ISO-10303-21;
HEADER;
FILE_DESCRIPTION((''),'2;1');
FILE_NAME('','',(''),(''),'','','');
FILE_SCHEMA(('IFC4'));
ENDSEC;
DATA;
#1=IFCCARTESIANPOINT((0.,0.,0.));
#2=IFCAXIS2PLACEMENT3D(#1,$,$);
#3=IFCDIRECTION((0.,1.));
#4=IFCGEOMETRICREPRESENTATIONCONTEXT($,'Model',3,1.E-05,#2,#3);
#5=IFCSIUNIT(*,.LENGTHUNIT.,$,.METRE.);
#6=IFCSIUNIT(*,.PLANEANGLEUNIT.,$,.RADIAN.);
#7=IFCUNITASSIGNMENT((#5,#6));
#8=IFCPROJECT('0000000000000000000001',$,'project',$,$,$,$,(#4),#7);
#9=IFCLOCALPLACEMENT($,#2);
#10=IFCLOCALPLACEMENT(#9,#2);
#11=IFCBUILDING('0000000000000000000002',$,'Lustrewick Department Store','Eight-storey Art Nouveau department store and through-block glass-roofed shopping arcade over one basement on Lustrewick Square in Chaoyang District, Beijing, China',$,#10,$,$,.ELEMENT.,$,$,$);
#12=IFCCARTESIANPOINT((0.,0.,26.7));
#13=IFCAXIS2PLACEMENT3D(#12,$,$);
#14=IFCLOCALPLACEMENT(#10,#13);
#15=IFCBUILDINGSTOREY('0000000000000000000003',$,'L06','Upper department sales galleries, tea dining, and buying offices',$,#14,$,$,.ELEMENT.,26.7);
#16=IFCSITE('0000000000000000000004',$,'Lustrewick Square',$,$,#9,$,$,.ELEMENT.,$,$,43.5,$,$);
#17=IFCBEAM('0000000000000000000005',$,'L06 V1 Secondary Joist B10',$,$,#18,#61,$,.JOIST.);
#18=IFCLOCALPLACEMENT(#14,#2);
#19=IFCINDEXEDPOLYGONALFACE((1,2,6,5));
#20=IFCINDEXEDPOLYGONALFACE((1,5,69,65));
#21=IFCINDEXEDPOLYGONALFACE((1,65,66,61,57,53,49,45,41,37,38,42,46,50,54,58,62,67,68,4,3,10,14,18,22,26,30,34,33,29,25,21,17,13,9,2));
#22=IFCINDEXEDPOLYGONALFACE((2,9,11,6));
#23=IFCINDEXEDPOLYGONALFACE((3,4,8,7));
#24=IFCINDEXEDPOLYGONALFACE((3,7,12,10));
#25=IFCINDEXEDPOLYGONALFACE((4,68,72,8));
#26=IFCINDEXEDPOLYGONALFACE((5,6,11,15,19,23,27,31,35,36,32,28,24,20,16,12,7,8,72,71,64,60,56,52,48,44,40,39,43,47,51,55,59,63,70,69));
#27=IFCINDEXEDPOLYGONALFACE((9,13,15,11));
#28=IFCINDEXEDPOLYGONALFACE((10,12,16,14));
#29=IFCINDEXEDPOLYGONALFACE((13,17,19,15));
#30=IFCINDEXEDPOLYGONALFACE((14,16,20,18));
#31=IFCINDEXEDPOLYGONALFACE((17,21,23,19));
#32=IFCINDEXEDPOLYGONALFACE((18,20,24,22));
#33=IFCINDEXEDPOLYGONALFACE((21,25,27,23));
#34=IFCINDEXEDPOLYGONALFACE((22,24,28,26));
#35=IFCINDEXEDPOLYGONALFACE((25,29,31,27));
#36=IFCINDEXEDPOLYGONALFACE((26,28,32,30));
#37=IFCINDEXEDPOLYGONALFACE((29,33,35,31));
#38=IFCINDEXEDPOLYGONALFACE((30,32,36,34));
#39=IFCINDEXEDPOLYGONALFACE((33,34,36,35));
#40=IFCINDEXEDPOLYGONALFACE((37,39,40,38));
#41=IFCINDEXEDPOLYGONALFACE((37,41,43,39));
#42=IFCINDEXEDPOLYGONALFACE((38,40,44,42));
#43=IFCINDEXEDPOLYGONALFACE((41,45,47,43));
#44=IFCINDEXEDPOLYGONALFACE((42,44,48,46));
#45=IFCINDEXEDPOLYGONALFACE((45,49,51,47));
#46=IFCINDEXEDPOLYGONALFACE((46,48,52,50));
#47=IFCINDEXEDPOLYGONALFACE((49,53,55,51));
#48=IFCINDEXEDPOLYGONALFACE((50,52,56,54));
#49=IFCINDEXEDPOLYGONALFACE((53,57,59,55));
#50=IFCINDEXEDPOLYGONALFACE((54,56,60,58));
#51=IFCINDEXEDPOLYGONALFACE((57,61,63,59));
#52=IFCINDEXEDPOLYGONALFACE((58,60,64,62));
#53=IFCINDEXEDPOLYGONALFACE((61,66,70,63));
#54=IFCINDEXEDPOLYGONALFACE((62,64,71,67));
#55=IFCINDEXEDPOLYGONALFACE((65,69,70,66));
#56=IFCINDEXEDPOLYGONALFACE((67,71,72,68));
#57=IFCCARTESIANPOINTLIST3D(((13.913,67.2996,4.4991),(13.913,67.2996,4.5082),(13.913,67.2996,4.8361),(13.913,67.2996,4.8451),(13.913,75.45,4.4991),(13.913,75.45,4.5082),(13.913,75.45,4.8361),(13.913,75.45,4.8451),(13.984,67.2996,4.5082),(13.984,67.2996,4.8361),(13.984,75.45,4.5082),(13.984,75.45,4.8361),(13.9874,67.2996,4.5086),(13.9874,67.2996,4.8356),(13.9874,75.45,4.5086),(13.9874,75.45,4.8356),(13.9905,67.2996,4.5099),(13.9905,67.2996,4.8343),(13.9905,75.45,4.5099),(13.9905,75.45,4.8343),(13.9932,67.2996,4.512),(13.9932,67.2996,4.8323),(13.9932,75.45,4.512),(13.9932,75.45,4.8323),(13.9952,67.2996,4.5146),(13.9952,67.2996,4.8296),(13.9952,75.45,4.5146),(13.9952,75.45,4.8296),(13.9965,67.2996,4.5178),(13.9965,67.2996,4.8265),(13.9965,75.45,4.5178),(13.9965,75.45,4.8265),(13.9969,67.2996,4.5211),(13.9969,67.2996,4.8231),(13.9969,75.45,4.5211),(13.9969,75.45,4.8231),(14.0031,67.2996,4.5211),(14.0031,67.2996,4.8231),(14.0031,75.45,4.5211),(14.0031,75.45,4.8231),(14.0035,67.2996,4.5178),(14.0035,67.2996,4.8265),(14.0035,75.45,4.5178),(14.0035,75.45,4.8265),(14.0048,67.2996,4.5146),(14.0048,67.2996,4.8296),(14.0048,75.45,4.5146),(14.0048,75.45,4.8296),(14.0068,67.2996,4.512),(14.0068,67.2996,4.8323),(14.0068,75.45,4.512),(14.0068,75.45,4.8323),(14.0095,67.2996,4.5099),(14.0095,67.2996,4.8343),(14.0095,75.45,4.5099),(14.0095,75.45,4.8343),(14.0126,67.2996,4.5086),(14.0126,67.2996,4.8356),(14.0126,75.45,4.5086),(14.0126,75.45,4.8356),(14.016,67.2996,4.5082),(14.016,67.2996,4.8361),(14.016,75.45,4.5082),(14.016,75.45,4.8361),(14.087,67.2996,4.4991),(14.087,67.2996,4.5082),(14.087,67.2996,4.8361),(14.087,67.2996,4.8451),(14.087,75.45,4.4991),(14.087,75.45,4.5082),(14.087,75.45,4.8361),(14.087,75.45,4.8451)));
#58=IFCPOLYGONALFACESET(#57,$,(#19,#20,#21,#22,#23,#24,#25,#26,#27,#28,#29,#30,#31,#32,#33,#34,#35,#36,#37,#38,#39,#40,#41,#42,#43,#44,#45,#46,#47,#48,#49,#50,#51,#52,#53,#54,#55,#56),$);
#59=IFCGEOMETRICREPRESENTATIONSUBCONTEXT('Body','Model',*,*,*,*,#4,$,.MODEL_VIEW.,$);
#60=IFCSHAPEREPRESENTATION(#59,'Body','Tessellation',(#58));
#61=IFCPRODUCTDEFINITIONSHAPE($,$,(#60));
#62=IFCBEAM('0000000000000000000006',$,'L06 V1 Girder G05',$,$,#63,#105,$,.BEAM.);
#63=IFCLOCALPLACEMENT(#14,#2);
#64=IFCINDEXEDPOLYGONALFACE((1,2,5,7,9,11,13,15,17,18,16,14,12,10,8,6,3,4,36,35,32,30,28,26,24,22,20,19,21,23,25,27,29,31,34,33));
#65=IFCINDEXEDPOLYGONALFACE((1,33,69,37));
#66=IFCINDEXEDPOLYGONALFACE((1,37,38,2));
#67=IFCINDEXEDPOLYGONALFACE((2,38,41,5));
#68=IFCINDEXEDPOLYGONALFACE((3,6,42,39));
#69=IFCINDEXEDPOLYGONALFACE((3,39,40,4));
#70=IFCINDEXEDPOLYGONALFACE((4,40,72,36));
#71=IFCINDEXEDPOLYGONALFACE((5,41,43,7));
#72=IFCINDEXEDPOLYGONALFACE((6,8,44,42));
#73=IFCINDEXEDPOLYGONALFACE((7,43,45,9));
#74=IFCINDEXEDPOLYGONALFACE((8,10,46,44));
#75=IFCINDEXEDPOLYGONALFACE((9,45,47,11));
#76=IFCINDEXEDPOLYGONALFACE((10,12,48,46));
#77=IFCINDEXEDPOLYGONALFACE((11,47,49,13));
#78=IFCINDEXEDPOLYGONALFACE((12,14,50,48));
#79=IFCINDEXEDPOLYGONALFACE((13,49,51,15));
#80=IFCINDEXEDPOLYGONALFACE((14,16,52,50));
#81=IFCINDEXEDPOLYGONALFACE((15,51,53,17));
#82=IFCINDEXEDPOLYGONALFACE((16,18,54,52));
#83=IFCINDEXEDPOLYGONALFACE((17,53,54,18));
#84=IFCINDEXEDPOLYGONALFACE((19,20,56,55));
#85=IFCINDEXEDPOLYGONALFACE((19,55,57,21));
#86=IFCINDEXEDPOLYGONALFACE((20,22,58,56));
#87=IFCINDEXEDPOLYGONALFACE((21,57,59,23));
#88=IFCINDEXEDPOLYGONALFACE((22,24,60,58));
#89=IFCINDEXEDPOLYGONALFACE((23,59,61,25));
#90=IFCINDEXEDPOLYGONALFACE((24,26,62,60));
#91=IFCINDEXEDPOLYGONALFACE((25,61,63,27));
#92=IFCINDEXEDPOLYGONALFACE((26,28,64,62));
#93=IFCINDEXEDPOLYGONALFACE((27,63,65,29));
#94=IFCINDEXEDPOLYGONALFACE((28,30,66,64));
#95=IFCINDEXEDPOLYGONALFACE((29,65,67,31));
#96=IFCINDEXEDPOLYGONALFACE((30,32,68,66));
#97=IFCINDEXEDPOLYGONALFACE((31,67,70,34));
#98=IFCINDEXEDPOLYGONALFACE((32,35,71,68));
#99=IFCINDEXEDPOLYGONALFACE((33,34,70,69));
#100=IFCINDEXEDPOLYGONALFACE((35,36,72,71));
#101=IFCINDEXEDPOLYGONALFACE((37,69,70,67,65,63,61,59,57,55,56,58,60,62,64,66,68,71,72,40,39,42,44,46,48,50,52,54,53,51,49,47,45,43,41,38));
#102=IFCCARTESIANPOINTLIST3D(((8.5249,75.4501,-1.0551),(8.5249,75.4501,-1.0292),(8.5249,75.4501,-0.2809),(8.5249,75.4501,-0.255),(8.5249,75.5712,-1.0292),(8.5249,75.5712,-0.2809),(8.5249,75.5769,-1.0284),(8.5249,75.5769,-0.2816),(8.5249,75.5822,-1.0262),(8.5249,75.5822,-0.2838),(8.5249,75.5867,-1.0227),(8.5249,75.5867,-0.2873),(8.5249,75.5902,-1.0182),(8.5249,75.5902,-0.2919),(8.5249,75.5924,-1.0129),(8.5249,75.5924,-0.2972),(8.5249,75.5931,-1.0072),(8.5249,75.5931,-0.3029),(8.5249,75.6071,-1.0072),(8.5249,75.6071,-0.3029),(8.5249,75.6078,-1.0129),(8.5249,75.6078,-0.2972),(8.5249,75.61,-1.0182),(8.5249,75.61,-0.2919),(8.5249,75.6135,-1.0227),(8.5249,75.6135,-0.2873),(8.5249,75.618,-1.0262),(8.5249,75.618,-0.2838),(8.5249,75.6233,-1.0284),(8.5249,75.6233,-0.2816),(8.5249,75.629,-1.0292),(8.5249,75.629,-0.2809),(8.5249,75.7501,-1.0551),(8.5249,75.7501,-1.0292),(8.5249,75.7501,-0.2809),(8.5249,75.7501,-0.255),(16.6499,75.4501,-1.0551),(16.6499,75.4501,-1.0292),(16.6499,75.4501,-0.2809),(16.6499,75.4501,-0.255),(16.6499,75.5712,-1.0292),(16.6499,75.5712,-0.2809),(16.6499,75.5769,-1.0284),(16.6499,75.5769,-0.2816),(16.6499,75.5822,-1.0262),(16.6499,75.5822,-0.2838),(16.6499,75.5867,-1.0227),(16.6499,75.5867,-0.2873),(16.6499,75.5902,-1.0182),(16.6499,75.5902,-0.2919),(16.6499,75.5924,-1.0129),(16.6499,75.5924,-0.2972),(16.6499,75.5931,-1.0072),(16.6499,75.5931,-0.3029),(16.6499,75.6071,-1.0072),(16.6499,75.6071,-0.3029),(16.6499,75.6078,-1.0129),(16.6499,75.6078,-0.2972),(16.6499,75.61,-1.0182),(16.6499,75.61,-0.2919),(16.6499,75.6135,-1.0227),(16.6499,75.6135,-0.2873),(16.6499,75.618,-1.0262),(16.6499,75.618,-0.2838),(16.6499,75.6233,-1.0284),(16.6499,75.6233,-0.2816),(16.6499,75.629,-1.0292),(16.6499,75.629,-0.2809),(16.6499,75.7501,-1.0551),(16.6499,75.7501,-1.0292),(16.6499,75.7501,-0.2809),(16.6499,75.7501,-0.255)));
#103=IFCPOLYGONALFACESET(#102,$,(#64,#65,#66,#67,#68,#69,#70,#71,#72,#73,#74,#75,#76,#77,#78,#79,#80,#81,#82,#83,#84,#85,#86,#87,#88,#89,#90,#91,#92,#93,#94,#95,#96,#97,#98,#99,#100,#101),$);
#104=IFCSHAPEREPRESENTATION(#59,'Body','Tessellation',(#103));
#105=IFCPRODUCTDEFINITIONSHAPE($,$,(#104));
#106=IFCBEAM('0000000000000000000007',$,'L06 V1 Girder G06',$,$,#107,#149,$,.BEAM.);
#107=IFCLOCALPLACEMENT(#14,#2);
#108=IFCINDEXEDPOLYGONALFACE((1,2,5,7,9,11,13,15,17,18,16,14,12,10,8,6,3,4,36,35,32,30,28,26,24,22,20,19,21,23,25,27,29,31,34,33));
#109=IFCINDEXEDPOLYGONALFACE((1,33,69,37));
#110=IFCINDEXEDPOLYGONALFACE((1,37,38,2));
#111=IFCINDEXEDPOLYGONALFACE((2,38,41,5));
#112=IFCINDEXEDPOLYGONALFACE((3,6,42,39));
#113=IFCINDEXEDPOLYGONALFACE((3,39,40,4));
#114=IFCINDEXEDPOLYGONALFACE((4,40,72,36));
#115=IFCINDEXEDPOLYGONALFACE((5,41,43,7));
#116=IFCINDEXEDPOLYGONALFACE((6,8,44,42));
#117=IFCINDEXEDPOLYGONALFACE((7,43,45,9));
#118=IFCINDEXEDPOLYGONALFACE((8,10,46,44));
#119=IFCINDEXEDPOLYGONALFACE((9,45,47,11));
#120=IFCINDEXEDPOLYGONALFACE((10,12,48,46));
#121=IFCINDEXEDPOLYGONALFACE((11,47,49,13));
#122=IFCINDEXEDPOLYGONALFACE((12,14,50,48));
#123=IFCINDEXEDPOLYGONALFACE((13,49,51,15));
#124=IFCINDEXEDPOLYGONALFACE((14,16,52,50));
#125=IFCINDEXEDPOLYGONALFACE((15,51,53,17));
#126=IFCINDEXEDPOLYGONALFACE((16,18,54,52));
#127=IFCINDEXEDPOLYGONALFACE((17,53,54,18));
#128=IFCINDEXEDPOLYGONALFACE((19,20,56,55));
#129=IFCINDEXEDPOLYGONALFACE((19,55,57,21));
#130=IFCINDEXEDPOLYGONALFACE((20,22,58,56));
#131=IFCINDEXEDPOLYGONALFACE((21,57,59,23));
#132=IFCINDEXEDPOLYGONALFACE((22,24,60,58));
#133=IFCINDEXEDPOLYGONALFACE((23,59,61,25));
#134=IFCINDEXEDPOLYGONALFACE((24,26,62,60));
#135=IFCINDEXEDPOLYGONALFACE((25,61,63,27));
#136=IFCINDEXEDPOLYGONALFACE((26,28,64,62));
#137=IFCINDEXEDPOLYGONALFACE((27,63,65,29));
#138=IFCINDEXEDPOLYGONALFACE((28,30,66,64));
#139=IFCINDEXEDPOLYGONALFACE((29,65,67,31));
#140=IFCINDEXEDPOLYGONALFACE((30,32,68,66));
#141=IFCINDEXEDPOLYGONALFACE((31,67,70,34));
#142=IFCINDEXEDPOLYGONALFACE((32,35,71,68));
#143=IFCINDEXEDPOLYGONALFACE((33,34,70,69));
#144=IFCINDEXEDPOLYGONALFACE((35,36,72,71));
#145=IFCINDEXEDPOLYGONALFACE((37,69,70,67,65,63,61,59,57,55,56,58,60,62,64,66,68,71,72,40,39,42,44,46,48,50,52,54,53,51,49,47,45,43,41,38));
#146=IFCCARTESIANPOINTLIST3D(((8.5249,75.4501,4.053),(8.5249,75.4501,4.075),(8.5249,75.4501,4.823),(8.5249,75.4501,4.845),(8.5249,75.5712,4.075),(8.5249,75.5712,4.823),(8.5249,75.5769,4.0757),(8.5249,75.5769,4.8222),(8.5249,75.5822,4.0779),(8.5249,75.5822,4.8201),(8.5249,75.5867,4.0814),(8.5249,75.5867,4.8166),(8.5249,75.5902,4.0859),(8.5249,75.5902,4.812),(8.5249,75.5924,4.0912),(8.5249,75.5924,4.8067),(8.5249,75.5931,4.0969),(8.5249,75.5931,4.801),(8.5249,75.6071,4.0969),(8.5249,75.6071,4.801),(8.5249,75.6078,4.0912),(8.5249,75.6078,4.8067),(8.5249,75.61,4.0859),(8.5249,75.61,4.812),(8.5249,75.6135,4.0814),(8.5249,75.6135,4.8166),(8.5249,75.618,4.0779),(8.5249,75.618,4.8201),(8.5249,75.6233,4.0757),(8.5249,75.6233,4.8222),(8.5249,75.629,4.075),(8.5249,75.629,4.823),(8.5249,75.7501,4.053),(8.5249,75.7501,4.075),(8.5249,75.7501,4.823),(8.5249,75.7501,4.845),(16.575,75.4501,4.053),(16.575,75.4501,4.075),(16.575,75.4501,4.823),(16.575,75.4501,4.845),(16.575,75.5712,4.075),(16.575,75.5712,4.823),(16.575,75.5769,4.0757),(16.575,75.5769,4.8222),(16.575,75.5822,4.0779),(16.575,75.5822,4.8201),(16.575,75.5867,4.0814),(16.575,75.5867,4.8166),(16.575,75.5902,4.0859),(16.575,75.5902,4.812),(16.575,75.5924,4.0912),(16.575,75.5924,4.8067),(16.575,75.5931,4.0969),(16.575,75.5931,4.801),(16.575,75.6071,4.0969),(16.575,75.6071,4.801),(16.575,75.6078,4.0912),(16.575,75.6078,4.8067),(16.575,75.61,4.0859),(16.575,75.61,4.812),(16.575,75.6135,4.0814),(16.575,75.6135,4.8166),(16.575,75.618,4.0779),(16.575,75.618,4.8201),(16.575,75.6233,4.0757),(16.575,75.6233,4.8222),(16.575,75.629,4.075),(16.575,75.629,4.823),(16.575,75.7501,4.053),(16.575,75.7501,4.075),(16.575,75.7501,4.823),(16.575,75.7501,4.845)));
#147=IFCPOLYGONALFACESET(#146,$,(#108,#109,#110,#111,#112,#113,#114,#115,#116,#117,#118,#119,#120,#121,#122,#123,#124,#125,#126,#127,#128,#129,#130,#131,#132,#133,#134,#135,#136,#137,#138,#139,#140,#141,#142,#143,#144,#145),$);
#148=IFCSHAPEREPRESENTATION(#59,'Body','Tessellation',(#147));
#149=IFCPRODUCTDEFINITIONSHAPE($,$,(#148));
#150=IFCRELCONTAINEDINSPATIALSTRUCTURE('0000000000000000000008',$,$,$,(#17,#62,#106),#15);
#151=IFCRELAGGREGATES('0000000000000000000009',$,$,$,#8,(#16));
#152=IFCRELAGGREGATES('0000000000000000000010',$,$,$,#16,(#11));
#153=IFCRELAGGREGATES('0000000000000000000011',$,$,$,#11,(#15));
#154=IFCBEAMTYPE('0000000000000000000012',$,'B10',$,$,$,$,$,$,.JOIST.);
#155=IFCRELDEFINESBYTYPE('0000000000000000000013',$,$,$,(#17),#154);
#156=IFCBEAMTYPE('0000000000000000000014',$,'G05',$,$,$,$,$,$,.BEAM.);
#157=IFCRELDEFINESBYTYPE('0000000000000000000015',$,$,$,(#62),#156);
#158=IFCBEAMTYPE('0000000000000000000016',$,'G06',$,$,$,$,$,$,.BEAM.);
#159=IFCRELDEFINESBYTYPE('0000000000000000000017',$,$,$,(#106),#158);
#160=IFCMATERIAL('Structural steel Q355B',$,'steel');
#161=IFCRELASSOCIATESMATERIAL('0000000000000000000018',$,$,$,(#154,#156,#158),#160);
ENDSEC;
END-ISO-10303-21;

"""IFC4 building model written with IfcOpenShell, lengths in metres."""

from ifc_helpers import new_model, si_unit, direction, frame, origin, origin_2d, place, context, subcontext, project, spatial, i_section, extrude, material, material_profile, profile_set, type_object, element, save


model = new_model("IFC4")

# Units and contexts
model_context = context("Model", 3, precision=1e-05, world=origin(), true_north=direction((0.0, 1.0)))
body_context = subcontext(model_context, "Body", "Model", "MODEL_VIEW")
ifc_project = project(units=[si_unit("LENGTHUNIT", "METRE"), si_unit("PLANEANGLEUNIT", "RADIAN")], contexts=[model_context])

# Site, building, storey
site_placement = place(None, origin())
site = spatial("IfcSite", under=ifc_project, at=site_placement, Name="Lustrewick Square", CompositionType="ELEMENT", RefElevation=43.5)
building_placement = place(site_placement, origin())
building = spatial("IfcBuilding", under=site, at=building_placement, Name="Lustrewick Department Store", Description="Eight-storey Art Nouveau department store and through-block glass-roofed shopping arcade over one basement on Lustrewick Square in Chaoyang District, Beijing, China", CompositionType="ELEMENT")
storey_placement = place(building_placement, frame((0.0, 0.0, 26.7)))
storey = spatial("IfcBuildingStorey", under=building, at=storey_placement, Name="L06", Description="Upper department sales galleries, tea dining, and buying offices", CompositionType="ELEMENT", Elevation=26.7)

# Shared definitions
ifc_material_1 = material(Name="Structural steel Q355B", Category="steel")

# Beams
ifc_material_profile_1 = material_profile(ifc_material_1, i_section(OverallWidth=0.1741, OverallDepth=0.3459, WebThickness=0.0061, FlangeThickness=0.009, FilletRadius=0.0129, at=origin_2d()), Name="HN 346x174x6x9")
ifc_profile_set_1 = profile_set([ifc_material_profile_1], Name="Structural steel Q355B")
beam_type_1 = type_object("IfcBeamType", Name="B10", PredefinedType="JOIST", material=ifc_profile_set_1)
beam_1_placement = place(storey_placement, frame((14.0, 67.2996, 4.6721), z_axis=(0.0, 1.0, 0.0), x_axis=(-1.0, 0.0, 0.0)))
element("IfcBeam", 1, at=beam_1_placement, inside=storey, type_object=beam_type_1, Name="L06 V1 Secondary Joist B10", PredefinedType="JOIST", context=body_context, shape_type="SweptSolid", body=[
    extrude(i_section(OverallWidth=0.1741, OverallDepth=0.3459, WebThickness=0.0061, FlangeThickness=0.009, FilletRadius=0.0129, at=origin_2d()), origin(), (0.0, 0.0, 1.0), 8.1504),
])
ifc_material_profile_2 = material_profile(ifc_material_1, i_section(OverallWidth=0.3, OverallDepth=0.8, WebThickness=0.0139, FlangeThickness=0.0259, FilletRadius=0.022, at=origin_2d()), Name="HN 800x300x14x26")
ifc_profile_set_2 = profile_set([ifc_material_profile_2], Name="Structural steel Q355B")
beam_type_2 = type_object("IfcBeamType", Name="G05", PredefinedType="BEAM", material=ifc_profile_set_2)
beam_2_placement = place(storey_placement, frame((8.5249, 75.6001, -0.655), z_axis=(1.0, 0.0, 0.0), x_axis=(0.0, 1.0, 0.0)))
element("IfcBeam", 2, at=beam_2_placement, inside=storey, type_object=beam_type_2, Name="L06 V1 Girder G05", PredefinedType="BEAM", context=body_context, shape_type="SweptSolid", body=[
    extrude(i_section(OverallWidth=0.3, OverallDepth=0.8, WebThickness=0.0139, FlangeThickness=0.0259, FilletRadius=0.022, at=origin_2d()), origin(), (0.0, 0.0, 1.0), 8.125),
])
ifc_material_profile_3 = material_profile(ifc_material_1, i_section(OverallWidth=0.3, OverallDepth=0.792, WebThickness=0.0139, FlangeThickness=0.022, FilletRadius=0.022, at=origin_2d()), Name="HN 792x300x14x22")
ifc_profile_set_3 = profile_set([ifc_material_profile_3], Name="Structural steel Q355B")
beam_type_3 = type_object("IfcBeamType", Name="G06", PredefinedType="BEAM", material=ifc_profile_set_3)
beam_3_placement = place(storey_placement, frame((8.5249, 75.6001, 4.449), z_axis=(1.0, 0.0, 0.0), x_axis=(0.0, 1.0, 0.0)))
element("IfcBeam", 3, at=beam_3_placement, inside=storey, type_object=beam_type_3, Name="L06 V1 Girder G06", PredefinedType="BEAM", context=body_context, shape_type="SweptSolid", body=[
    extrude(i_section(OverallWidth=0.3, OverallDepth=0.792, WebThickness=0.0139, FlangeThickness=0.022, FilletRadius=0.022, at=origin_2d()), origin(), (0.0, 0.0, 1.0), 8.05),
])

save(model, "model.ifc")
